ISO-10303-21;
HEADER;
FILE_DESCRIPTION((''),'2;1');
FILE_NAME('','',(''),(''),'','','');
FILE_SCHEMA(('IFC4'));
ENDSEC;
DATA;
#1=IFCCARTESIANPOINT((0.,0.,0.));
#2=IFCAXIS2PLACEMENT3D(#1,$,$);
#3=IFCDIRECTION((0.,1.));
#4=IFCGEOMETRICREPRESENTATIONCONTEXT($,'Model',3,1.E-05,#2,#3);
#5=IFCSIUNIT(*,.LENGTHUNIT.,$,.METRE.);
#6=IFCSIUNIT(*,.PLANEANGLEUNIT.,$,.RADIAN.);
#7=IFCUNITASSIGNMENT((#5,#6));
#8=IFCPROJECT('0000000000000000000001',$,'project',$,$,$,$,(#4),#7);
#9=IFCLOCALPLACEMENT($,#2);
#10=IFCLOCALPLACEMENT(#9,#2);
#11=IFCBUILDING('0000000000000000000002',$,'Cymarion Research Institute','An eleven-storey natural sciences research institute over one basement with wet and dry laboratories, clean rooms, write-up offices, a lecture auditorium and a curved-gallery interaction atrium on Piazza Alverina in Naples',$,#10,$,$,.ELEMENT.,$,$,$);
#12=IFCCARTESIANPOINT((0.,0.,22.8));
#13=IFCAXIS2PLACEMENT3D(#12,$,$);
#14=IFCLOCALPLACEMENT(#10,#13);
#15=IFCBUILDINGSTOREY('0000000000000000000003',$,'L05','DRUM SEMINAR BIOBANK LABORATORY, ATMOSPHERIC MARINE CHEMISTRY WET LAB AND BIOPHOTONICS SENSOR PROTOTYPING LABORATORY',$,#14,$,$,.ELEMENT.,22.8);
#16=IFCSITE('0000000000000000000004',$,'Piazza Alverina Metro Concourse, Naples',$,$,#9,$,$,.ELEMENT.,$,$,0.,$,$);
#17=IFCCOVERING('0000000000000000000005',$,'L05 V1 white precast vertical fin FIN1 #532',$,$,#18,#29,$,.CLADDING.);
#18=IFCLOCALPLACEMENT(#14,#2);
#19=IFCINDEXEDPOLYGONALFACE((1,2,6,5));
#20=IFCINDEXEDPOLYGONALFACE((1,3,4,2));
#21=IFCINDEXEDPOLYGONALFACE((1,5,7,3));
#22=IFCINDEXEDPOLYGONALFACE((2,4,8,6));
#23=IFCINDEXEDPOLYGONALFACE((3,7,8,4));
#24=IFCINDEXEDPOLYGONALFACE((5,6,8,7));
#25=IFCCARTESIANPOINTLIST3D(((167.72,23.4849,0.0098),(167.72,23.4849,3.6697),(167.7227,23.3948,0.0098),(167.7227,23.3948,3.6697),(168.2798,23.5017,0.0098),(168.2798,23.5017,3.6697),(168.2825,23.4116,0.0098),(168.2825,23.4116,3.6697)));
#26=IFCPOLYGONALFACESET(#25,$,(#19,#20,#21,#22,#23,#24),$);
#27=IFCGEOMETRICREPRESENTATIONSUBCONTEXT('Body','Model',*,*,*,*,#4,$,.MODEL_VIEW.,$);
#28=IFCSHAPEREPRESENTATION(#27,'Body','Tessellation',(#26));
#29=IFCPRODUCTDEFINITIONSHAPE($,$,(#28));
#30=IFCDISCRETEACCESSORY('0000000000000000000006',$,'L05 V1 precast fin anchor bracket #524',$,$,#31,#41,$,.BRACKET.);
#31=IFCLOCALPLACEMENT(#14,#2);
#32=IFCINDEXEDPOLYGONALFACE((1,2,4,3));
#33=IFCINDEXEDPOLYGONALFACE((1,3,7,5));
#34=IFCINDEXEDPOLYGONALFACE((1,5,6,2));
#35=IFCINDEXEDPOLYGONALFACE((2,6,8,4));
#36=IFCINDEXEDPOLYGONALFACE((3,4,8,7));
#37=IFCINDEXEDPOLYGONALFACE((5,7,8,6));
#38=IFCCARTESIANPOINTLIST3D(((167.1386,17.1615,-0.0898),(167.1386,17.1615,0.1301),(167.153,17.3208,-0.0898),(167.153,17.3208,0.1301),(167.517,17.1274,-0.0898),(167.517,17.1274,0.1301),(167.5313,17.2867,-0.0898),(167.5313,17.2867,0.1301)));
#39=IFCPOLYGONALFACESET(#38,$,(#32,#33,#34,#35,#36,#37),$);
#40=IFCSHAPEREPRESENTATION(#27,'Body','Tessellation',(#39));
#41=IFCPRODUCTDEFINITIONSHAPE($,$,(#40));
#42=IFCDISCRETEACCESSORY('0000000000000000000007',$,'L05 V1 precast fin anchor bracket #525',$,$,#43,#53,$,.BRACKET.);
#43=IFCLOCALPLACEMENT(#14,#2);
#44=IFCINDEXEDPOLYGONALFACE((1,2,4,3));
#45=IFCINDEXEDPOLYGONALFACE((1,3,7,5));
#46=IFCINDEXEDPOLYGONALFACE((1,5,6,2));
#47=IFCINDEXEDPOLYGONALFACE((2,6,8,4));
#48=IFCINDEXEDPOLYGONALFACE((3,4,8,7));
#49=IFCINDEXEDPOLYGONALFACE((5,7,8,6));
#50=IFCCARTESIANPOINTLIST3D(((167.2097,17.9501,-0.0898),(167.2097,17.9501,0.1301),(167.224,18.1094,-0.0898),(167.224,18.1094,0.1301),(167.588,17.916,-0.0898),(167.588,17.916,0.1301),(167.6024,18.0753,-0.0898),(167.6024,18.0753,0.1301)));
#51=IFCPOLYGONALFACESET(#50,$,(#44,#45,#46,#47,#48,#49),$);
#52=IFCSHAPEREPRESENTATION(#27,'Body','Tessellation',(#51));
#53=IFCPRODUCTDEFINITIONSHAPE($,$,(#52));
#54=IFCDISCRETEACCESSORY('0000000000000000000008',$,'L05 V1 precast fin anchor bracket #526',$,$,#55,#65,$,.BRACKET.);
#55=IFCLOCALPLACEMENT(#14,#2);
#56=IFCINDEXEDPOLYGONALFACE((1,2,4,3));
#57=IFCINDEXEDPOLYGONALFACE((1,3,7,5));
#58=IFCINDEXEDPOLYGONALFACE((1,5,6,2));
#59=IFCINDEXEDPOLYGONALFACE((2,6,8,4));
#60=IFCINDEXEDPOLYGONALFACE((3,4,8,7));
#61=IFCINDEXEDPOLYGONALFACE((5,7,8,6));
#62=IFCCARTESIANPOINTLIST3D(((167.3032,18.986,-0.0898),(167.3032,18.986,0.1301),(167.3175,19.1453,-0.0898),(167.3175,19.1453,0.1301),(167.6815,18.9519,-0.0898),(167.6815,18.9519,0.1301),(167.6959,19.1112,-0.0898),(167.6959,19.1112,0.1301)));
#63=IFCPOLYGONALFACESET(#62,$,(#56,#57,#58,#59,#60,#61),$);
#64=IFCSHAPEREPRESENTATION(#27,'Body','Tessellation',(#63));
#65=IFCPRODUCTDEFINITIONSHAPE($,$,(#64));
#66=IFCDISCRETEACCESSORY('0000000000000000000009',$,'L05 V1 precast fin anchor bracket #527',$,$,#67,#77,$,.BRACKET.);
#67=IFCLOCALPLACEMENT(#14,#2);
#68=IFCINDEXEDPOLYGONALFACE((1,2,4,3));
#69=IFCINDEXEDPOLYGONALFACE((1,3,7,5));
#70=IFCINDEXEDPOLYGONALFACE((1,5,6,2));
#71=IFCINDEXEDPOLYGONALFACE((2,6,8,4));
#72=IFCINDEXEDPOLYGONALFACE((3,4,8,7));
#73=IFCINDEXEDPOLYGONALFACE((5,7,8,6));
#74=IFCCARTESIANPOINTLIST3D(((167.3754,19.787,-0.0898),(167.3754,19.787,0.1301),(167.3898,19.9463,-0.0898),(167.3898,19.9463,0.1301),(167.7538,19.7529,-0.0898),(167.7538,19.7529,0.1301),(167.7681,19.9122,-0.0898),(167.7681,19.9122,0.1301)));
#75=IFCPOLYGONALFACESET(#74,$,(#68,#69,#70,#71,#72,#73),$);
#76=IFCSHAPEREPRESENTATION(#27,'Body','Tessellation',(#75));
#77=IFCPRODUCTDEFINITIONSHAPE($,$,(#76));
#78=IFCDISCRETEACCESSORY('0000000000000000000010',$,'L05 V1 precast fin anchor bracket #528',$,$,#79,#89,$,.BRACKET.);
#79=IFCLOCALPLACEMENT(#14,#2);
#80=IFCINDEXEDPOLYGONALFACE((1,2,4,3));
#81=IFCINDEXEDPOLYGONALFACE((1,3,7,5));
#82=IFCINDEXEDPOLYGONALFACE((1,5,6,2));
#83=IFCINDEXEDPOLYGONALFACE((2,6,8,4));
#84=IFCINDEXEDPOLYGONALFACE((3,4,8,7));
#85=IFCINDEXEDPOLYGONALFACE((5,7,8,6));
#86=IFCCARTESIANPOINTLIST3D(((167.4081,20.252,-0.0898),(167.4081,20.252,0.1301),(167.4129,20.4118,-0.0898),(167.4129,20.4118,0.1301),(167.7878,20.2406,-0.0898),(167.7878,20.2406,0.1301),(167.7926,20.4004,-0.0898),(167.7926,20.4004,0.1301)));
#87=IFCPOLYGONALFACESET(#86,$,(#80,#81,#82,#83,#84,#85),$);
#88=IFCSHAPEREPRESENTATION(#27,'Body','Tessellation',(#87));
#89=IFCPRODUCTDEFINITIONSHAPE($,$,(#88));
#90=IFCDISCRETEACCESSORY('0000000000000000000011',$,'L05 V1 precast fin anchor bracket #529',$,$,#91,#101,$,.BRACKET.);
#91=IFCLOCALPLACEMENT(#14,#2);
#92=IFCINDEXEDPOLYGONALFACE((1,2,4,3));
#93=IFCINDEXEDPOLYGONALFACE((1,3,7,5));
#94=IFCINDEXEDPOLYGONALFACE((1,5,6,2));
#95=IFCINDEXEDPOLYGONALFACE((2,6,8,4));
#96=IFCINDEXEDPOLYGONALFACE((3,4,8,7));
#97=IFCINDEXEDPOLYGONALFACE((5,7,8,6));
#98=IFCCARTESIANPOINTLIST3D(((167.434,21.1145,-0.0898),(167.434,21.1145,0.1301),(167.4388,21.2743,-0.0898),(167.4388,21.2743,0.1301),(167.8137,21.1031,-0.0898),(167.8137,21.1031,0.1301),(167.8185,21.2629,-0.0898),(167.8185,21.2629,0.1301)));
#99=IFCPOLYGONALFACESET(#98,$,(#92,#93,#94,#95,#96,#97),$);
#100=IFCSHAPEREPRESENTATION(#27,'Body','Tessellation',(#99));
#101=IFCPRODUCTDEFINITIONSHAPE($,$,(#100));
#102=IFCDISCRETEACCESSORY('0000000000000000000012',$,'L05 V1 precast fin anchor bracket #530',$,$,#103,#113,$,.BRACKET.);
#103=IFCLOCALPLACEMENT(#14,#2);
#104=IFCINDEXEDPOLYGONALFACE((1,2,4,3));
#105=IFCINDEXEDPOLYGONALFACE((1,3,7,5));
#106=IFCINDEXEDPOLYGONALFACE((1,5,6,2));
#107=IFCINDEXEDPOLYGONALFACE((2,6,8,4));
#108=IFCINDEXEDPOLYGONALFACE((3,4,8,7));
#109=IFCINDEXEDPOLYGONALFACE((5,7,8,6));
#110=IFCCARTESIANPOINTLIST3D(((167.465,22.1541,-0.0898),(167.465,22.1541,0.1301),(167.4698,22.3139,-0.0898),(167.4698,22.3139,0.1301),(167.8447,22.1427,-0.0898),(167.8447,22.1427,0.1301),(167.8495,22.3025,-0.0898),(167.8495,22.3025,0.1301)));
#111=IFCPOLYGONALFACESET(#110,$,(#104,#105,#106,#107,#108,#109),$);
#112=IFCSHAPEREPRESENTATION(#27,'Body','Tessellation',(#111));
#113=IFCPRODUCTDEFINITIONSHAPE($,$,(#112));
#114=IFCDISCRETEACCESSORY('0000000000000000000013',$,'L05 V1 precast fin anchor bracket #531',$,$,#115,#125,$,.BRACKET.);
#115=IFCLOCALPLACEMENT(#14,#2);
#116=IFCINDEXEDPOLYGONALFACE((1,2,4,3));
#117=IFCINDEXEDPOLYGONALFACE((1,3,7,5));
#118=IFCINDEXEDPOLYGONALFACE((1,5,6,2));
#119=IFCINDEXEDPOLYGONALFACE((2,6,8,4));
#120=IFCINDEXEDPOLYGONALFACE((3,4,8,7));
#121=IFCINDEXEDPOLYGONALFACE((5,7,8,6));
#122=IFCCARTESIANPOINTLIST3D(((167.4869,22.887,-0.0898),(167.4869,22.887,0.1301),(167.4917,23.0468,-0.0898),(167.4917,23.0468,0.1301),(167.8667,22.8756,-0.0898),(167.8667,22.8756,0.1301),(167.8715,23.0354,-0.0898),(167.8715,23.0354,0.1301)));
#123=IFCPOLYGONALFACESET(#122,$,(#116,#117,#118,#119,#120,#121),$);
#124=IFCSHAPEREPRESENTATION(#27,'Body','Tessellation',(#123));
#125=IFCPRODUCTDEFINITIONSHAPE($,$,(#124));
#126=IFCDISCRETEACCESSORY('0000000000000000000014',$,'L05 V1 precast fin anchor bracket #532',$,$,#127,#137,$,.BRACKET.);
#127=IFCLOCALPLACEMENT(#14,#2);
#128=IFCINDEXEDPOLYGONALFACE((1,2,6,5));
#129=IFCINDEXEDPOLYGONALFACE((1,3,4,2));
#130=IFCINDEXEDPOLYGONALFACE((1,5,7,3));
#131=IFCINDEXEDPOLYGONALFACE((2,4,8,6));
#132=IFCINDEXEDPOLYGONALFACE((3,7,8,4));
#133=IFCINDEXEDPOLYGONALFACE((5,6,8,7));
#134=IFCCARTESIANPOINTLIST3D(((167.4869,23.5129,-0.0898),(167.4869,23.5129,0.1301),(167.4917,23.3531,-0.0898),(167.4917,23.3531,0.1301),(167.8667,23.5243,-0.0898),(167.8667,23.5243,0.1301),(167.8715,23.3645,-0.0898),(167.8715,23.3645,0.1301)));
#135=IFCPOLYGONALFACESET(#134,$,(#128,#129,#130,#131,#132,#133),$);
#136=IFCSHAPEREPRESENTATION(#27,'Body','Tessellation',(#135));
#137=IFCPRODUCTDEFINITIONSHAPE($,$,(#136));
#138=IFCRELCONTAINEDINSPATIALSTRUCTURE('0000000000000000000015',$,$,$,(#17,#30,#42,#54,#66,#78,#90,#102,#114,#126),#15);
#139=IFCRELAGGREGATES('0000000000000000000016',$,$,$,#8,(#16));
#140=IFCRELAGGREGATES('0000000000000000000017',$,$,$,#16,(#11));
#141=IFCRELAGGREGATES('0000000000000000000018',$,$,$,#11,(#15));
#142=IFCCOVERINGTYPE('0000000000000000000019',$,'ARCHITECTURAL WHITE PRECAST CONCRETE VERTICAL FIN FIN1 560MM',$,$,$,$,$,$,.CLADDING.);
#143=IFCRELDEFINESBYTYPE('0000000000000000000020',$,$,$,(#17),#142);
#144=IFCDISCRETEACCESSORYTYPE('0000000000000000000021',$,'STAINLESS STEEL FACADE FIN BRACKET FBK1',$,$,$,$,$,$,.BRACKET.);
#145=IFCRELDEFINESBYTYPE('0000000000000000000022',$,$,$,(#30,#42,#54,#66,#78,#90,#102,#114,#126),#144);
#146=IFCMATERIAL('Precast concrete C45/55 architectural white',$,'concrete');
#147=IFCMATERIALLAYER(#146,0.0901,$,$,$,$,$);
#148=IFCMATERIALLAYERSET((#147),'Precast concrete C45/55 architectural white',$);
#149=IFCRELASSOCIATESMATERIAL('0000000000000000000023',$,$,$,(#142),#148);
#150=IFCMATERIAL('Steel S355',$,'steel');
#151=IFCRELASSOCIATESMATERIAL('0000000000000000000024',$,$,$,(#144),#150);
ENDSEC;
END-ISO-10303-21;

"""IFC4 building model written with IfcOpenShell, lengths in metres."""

from ifc_helpers import new_model, si_unit, direction, frame, origin, origin_2d, place, context, subcontext, project, spatial, rectangle, extrude, material, layer, layer_set, type_object, element, save


model = new_model("IFC4")

# Units and contexts
model_context = context("Model", 3, precision=1e-05, world=origin(), true_north=direction((0.0, 1.0)))
body_context = subcontext(model_context, "Body", "Model", "MODEL_VIEW")
ifc_project = project(units=[si_unit("LENGTHUNIT", "METRE"), si_unit("PLANEANGLEUNIT", "RADIAN")], contexts=[model_context])

# Site, building, storey
site_placement = place(None, origin())
site = spatial("IfcSite", under=ifc_project, at=site_placement, Name="Piazza Alverina Metro Concourse, Naples", CompositionType="ELEMENT", RefElevation=0.0)
building_placement = place(site_placement, origin())
building = spatial("IfcBuilding", under=site, at=building_placement, Name="Cymarion Research Institute", Description="An eleven-storey natural sciences research institute over one basement with wet and dry laboratories, clean rooms, write-up offices, a lecture auditorium and a curved-gallery interaction atrium on Piazza Alverina in Naples", CompositionType="ELEMENT")
storey_placement = place(building_placement, frame((0.0, 0.0, 22.8)))
storey = spatial("IfcBuildingStorey", under=building, at=storey_placement, Name="L05", Description="DRUM SEMINAR BIOBANK LABORATORY, ATMOSPHERIC MARINE CHEMISTRY WET LAB AND BIOPHOTONICS SENSOR PROTOTYPING LABORATORY", CompositionType="ELEMENT", Elevation=22.8)

# Shared definitions
ifc_material_1 = material(Name="Steel S355", Category="steel")

# Covering
ifc_material_2 = material(Name="Precast concrete C45/55 architectural white", Category="concrete")
ifc_layer_1 = layer(ifc_material_2, 0.0901)
ifc_layer_set_1 = layer_set([ifc_layer_1], Name="Precast concrete C45/55 architectural white")
covering_type = type_object("IfcCoveringType", Name="ARCHITECTURAL WHITE PRECAST CONCRETE VERTICAL FIN FIN1 560MM", PredefinedType="CLADDING", material=ifc_layer_set_1)
for number, where, z_axis, x_axis, name in (
    (1, (168.0012, 23.4482, 0.0098), (0.0, 0.0, 1.0), (0.999549, 0.030015, 0.0), "L05 V1 white precast vertical fin FIN1 #532"),
):
    element("IfcCovering", number, at=place(storey_placement, frame(where, z_axis=z_axis, x_axis=x_axis)), inside=storey, type_object=covering_type, Name=name, PredefinedType="CLADDING", context=body_context, shape_type="SweptSolid", body=[
        extrude(rectangle(XDim=0.5601, YDim=0.0901, at=origin_2d()), origin(), (0.0, 0.0, 1.0), 3.6599),
    ])

# Discrete accessories
discrete_accessory_type = type_object("IfcDiscreteAccessoryType", Name="STAINLESS STEEL FACADE FIN BRACKET FBK1", PredefinedType="BRACKET", material=ifc_material_1)
for number, where, z_axis, x_axis, name in (
    (2, (167.335, 17.2241, -0.0898), (0.0, 0.0, 1.0), (0.995963, -0.089763, 0.0), "L05 V1 precast fin anchor bracket #524"),
    (3, (167.406, 18.0127, -0.0898), (0.0, 0.0, 1.0), (0.995963, -0.089763, 0.0), "L05 V1 precast fin anchor bracket #525"),
    (4, (167.4995, 19.0486, -0.0898), (0.0, 0.0, 1.0), (0.995963, -0.089763, 0.0), "L05 V1 precast fin anchor bracket #526"),
    (5, (167.5718, 19.8496, -0.0898), (0.0, 0.0, 1.0), (0.995963, -0.089763, 0.0), "L05 V1 precast fin anchor bracket #527"),
    (6, (167.6003, 20.3262, -0.0898), (0.0, 0.0, 1.0), (0.999549, -0.030015, 0.0), "L05 V1 precast fin anchor bracket #528"),
    (7, (167.6262, 21.1887, -0.0898), (0.0, 0.0, 1.0), (0.999549, -0.030015, 0.0), "L05 V1 precast fin anchor bracket #529"),
    (8, (167.6572, 22.2283, -0.0898), (0.0, 0.0, 1.0), (0.999549, -0.030015, 0.0), "L05 V1 precast fin anchor bracket #530"),
    (9, (167.6792, 22.9612, -0.0898), (0.0, 0.0, 1.0), (0.999549, -0.030015, 0.0), "L05 V1 precast fin anchor bracket #531"),
    (10, (167.6792, 23.4387, -0.0898), (0.0, 0.0, 1.0), (0.999549, 0.030015, 0.0), "L05 V1 precast fin anchor bracket #532"),
):
    element("IfcDiscreteAccessory", number, at=place(storey_placement, frame(where, z_axis=z_axis, x_axis=x_axis)), inside=storey, type_object=discrete_accessory_type, Name=name, PredefinedType="BRACKET", context=body_context, shape_type="SweptSolid", body=[
        extrude(rectangle(XDim=0.3799, YDim=0.1599, at=origin_2d()), origin(), (0.0, 0.0, 1.0), 0.22),
    ])

save(model, "model.ifc")
